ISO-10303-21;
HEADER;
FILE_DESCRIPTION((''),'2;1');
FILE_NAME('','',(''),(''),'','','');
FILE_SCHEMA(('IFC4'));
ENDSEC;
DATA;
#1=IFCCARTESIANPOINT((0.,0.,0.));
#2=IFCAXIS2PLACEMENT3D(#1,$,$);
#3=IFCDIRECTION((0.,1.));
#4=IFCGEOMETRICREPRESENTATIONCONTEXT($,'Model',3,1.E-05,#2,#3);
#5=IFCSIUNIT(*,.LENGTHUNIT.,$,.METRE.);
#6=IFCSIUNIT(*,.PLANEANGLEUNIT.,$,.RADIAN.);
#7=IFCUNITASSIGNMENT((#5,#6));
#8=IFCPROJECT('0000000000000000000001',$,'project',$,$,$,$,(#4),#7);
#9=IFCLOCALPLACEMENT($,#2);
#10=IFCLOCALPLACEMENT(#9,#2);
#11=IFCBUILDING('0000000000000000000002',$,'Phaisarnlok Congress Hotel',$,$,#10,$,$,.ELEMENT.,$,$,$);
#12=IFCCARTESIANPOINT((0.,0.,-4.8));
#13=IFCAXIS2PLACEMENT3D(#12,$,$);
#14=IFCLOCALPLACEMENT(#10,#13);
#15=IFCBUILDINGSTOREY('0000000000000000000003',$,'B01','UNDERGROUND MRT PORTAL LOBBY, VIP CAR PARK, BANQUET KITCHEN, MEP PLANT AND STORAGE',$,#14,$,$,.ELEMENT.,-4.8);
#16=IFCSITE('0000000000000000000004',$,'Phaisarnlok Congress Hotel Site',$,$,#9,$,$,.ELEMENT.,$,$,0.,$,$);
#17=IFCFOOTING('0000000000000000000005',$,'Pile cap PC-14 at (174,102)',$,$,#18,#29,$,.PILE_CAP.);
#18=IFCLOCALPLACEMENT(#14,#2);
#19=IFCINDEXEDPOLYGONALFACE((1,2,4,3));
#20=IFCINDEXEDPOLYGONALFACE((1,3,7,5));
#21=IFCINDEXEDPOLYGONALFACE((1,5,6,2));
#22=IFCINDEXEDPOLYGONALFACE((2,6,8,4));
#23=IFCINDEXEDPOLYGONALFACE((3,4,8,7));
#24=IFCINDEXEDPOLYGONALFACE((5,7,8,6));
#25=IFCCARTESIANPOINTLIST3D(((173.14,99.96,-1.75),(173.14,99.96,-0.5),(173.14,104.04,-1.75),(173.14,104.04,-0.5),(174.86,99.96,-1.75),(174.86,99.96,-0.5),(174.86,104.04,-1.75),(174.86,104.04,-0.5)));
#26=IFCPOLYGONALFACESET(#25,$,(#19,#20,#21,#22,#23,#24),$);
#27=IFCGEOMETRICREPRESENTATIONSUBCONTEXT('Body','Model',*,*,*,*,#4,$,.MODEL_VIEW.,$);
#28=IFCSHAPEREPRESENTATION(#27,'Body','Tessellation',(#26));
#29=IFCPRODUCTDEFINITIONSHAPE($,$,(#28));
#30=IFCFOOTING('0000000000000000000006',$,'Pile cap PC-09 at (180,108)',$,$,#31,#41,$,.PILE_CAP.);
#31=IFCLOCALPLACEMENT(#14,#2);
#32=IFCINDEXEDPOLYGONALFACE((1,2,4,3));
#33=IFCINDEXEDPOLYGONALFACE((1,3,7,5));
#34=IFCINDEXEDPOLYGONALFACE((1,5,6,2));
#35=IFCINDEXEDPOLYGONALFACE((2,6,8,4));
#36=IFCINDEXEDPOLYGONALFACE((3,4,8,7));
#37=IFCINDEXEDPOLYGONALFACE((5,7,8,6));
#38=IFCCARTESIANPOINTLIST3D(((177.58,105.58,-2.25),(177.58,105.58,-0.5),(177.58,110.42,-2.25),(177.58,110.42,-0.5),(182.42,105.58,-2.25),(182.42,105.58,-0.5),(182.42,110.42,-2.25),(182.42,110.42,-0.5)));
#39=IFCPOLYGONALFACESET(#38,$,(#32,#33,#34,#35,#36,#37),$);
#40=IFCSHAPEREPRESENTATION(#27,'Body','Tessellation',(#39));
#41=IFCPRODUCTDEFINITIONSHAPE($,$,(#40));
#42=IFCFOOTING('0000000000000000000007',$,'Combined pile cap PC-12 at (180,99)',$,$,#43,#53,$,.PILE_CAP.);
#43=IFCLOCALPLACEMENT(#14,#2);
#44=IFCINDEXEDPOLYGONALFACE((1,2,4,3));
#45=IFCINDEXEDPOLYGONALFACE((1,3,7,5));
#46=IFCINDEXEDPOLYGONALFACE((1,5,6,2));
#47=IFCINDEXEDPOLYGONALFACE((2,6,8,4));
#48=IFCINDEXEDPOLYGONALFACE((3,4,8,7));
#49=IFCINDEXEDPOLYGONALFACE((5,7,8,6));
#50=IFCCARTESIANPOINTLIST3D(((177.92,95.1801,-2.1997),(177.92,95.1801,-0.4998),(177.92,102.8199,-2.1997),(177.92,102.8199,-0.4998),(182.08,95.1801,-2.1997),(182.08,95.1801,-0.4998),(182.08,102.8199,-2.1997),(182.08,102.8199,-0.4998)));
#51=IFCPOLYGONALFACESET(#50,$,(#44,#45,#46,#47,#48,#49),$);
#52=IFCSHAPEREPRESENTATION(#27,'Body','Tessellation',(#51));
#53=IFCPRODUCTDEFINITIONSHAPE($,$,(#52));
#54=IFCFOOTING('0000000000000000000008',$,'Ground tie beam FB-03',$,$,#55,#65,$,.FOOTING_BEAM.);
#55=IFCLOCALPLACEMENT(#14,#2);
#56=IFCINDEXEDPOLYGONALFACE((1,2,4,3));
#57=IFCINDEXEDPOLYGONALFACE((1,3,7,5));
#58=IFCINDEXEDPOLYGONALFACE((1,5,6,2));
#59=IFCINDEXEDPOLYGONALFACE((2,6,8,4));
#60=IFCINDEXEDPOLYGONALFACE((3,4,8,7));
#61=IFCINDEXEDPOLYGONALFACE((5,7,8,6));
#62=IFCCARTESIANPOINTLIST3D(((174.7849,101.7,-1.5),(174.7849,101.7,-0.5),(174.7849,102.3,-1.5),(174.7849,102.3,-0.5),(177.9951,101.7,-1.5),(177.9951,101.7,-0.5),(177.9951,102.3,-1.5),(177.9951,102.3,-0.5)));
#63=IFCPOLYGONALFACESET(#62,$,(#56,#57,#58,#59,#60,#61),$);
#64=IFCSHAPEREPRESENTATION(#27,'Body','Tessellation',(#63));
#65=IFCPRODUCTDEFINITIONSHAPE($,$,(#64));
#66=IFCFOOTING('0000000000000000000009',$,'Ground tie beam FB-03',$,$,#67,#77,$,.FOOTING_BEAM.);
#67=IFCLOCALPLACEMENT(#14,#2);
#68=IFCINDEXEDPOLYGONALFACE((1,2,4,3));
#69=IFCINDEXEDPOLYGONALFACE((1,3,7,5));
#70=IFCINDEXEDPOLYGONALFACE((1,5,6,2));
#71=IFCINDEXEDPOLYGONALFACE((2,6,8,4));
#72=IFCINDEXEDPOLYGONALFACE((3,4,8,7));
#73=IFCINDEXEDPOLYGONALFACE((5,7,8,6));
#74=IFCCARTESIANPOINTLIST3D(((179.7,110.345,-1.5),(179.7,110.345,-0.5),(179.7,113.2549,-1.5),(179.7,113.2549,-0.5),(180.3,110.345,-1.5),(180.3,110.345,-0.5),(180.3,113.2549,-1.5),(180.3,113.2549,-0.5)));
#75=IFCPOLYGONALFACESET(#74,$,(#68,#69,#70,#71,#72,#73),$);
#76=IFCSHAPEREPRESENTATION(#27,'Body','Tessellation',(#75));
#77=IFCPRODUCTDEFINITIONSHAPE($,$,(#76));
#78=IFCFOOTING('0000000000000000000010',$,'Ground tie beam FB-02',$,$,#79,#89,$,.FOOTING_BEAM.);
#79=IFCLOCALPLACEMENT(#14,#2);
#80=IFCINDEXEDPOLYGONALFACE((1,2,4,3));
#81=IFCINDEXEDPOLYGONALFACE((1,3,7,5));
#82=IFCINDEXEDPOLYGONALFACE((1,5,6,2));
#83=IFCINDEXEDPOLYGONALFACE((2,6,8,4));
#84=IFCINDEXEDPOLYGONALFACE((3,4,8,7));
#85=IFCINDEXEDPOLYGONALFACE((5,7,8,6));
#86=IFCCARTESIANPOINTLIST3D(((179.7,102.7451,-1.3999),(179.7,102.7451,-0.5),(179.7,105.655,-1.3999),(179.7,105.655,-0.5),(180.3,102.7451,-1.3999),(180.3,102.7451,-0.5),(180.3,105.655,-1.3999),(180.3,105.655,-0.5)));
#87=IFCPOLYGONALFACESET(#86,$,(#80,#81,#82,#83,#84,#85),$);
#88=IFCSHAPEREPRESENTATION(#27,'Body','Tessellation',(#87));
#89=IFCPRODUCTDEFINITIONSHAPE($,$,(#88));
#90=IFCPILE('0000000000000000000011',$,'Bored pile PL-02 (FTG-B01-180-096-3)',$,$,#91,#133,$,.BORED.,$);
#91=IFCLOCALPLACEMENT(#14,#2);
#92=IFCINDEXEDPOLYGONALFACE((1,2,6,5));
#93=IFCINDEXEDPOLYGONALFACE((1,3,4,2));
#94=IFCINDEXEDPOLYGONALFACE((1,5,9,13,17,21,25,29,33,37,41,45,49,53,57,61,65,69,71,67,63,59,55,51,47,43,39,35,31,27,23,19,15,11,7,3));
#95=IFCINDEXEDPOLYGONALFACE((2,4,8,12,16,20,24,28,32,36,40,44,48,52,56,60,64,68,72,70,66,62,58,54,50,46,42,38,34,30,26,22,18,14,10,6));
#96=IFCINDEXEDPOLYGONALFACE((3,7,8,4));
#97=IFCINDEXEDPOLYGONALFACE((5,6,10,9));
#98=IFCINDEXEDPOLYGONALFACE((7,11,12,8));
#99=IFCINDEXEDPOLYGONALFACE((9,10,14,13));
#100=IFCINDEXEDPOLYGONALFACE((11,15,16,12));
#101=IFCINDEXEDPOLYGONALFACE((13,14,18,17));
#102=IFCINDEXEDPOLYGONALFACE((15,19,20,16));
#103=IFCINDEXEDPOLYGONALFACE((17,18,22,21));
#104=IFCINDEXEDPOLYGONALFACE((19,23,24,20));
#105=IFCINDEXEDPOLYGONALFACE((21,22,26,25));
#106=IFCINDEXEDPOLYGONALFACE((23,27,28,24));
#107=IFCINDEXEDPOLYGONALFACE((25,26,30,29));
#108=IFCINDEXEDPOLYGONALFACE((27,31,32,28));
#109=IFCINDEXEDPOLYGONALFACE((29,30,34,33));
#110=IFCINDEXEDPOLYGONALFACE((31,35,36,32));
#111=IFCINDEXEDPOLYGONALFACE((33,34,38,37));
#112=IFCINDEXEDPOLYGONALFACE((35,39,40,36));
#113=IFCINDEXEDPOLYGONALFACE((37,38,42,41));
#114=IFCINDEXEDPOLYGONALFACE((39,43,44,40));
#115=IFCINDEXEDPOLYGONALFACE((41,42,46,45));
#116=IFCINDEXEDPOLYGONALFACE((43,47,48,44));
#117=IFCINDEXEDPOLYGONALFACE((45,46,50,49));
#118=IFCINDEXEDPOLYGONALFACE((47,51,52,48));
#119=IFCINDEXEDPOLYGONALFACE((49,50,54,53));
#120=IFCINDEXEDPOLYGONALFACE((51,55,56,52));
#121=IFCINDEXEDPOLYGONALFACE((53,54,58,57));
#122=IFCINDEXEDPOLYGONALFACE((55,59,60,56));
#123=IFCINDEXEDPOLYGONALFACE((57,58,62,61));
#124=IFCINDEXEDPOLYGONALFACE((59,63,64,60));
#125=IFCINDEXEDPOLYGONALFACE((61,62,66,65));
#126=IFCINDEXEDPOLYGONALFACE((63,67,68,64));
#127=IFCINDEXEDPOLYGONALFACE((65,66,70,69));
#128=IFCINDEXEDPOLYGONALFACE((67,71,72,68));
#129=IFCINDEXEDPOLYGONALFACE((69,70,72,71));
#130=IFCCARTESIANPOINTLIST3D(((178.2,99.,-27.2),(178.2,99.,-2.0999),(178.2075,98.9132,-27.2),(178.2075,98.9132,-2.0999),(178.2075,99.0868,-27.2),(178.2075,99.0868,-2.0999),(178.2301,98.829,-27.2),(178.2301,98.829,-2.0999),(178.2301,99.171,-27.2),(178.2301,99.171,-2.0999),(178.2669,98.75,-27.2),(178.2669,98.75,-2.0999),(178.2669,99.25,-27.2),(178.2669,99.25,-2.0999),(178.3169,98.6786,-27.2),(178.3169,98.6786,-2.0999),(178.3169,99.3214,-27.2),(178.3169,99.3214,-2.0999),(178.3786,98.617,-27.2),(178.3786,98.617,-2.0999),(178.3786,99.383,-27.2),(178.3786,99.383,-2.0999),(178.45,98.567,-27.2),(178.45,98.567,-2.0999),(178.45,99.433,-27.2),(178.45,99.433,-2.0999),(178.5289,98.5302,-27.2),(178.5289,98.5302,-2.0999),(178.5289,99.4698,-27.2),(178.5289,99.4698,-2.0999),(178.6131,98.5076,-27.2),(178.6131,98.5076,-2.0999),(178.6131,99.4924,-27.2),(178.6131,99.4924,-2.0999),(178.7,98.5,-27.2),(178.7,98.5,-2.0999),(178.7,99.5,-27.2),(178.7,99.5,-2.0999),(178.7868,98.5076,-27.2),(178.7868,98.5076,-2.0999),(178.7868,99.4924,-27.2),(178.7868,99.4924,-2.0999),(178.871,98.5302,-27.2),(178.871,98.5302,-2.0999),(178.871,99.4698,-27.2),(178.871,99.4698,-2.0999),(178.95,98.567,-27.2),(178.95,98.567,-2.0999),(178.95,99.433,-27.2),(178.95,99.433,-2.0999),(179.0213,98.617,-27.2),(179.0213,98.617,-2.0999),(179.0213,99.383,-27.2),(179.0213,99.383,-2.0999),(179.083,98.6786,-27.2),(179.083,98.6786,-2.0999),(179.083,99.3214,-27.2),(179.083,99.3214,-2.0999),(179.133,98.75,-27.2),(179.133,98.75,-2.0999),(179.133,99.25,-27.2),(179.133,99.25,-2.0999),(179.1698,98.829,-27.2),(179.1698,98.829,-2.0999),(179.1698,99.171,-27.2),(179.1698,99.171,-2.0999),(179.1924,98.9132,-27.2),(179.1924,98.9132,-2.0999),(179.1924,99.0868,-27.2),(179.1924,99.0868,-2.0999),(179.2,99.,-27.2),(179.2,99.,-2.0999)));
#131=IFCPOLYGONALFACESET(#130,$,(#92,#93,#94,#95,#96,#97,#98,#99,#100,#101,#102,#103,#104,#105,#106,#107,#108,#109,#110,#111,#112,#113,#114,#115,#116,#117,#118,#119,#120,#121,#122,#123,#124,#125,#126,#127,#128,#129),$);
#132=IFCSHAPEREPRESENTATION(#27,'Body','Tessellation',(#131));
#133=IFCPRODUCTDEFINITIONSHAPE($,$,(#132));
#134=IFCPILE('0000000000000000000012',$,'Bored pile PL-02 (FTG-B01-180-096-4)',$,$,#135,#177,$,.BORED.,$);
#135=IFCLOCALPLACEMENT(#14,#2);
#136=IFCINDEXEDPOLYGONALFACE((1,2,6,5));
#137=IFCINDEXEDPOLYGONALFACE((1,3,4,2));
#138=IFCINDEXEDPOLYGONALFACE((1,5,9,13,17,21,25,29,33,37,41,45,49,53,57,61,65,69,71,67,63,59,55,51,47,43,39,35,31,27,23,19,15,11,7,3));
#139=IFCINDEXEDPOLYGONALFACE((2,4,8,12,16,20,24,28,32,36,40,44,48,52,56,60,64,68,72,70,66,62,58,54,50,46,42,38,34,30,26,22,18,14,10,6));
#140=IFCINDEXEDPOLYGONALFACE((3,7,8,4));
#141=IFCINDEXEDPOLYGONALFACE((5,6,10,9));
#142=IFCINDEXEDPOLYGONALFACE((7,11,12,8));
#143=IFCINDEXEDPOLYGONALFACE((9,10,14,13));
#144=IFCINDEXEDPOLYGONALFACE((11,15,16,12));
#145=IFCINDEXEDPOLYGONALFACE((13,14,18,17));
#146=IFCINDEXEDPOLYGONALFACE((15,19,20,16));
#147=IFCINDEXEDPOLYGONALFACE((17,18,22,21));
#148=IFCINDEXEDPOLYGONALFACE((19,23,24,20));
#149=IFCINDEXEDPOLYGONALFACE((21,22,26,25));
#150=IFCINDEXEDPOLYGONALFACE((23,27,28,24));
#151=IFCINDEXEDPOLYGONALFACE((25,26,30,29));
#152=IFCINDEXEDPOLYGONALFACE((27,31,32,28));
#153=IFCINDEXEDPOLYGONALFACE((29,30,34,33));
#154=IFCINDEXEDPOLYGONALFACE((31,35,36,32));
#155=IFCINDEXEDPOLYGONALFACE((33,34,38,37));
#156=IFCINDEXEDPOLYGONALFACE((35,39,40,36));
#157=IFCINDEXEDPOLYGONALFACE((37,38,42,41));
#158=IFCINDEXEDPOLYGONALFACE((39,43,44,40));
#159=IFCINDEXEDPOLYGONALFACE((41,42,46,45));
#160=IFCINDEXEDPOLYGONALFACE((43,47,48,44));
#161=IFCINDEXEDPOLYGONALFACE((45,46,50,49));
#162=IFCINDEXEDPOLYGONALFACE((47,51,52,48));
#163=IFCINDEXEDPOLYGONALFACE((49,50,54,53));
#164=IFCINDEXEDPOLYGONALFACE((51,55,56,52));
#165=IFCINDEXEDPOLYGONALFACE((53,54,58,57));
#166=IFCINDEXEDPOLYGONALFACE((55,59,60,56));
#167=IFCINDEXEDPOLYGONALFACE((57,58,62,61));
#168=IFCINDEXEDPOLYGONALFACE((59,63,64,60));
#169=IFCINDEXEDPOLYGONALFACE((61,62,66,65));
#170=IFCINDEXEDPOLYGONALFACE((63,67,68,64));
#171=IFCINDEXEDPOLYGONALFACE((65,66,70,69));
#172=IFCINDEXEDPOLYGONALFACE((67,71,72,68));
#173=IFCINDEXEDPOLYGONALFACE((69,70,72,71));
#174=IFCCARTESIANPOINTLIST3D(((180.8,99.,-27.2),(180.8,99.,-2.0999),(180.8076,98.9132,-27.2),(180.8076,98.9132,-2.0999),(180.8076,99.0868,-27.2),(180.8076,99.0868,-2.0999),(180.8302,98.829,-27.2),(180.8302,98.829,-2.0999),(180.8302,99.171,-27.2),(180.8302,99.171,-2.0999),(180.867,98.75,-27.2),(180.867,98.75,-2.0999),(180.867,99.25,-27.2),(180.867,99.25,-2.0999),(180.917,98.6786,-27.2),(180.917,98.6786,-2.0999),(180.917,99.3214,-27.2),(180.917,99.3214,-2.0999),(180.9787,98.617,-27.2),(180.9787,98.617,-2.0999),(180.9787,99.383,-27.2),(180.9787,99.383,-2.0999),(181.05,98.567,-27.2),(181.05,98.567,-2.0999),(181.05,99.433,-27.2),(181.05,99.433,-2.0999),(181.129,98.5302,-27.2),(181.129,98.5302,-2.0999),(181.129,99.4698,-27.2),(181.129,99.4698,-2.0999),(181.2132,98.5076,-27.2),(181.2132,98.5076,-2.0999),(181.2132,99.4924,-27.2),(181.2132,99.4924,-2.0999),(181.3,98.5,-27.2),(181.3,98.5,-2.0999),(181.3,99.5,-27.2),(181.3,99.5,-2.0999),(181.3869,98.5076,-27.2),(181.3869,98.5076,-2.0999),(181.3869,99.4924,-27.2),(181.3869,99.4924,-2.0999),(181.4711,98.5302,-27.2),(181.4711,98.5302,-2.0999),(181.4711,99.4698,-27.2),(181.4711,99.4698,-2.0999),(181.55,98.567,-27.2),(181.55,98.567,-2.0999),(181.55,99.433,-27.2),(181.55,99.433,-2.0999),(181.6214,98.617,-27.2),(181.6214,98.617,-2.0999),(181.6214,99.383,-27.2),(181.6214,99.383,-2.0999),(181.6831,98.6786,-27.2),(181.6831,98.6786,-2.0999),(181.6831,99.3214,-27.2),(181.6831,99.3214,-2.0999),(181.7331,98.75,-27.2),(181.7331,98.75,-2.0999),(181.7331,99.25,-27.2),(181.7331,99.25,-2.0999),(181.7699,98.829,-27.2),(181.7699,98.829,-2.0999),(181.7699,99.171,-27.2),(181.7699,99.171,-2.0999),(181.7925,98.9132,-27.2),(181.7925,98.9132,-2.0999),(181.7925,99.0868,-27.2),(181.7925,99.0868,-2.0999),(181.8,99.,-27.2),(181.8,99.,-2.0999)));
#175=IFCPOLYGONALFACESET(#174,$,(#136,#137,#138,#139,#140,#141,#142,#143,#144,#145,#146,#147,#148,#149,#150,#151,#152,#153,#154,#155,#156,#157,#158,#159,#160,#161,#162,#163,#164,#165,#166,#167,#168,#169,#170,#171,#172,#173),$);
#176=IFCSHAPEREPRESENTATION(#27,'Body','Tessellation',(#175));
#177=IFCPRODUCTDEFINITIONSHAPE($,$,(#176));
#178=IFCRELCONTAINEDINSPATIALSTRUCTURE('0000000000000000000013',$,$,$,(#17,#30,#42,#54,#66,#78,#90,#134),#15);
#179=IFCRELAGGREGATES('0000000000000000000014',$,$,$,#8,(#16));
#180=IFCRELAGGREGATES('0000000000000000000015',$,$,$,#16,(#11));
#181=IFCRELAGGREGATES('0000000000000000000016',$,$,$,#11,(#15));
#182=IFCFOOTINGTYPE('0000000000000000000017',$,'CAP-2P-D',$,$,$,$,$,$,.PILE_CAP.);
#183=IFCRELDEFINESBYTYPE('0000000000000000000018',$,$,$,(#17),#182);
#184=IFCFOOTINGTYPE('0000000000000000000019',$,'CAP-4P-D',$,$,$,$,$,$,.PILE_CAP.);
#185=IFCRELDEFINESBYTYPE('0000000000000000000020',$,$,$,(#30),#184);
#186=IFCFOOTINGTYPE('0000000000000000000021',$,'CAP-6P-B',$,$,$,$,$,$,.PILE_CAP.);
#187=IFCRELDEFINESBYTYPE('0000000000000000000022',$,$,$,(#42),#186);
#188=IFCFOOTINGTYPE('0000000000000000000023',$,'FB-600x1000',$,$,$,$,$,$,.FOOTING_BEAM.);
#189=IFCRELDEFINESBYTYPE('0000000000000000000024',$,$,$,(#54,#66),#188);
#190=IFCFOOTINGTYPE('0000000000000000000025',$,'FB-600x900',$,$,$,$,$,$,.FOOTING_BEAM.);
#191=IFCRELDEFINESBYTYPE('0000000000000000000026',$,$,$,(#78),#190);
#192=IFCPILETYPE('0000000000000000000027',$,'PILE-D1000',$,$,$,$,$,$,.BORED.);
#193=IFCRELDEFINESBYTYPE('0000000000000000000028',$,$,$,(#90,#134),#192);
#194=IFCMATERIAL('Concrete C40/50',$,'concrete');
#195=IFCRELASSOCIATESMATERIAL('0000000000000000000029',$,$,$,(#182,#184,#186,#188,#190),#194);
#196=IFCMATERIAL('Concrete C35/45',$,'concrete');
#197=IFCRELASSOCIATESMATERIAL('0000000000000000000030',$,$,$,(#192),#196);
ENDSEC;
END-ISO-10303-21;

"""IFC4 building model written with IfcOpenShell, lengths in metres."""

from ifc_helpers import new_model, si_unit, direction, frame, origin, origin_2d, place, context, subcontext, project, spatial, rectangle, circle, extrude, material, material_profile, profile_set, type_object, element, save


model = new_model("IFC4")

# Units and contexts
model_context = context("Model", 3, precision=1e-05, world=origin(), true_north=direction((0.0, 1.0)))
body_context = subcontext(model_context, "Body", "Model", "MODEL_VIEW")
ifc_project = project(units=[si_unit("LENGTHUNIT", "METRE"), si_unit("PLANEANGLEUNIT", "RADIAN")], contexts=[model_context])

# Site, building, storey
site_placement = place(None, origin())
site = spatial("IfcSite", under=ifc_project, at=site_placement, Name="Phaisarnlok Congress Hotel Site", CompositionType="ELEMENT", RefElevation=0.0)
building_placement = place(site_placement, origin())
building = spatial("IfcBuilding", under=site, at=building_placement, Name="Phaisarnlok Congress Hotel", CompositionType="ELEMENT")
storey_placement = place(building_placement, frame((0.0, 0.0, -4.8)))
storey = spatial("IfcBuildingStorey", under=building, at=storey_placement, Name="B01", Description="UNDERGROUND MRT PORTAL LOBBY, VIP CAR PARK, BANQUET KITCHEN, MEP PLANT AND STORAGE", CompositionType="ELEMENT", Elevation=-4.8)

# Footings
ifc_material_1 = material(Name="Concrete C40/50", Category="concrete")
footing_type_1 = type_object("IfcFootingType", Name="CAP-2P-D", PredefinedType="PILE_CAP", material=ifc_material_1)
footing_1_placement = place(storey_placement, frame((174.0, 102.0, -1.75), z_axis=(0.0, 0.0, 1.0), x_axis=(1.0, 0.0, 0.0)))
element("IfcFooting", 1, at=footing_1_placement, inside=storey, type_object=footing_type_1, Name="Pile cap PC-14 at (174,102)", PredefinedType="PILE_CAP", context=body_context, shape_type="SweptSolid", body=[
    extrude(rectangle(XDim=1.72, YDim=4.0801, at=origin_2d()), origin(), (0.0, 0.0, 1.0), 1.25),
])
footing_type_2 = type_object("IfcFootingType", Name="CAP-4P-D", PredefinedType="PILE_CAP", material=ifc_material_1)
footing_2_placement = place(storey_placement, frame((180.0, 108.0, -2.25), z_axis=(0.0, 0.0, 1.0), x_axis=(1.0, 0.0, 0.0)))
element("IfcFooting", 2, at=footing_2_placement, inside=storey, type_object=footing_type_2, Name="Pile cap PC-09 at (180,108)", PredefinedType="PILE_CAP", context=body_context, shape_type="SweptSolid", body=[
    extrude(rectangle(XDim=4.8401, YDim=4.8401, at=origin_2d()), origin(), (0.0, 0.0, 1.0), 1.75),
])
footing_type_3 = type_object("IfcFootingType", Name="CAP-6P-B", PredefinedType="PILE_CAP", material=ifc_material_1)
footing_3_placement = place(storey_placement, frame((180.0, 99.0, -2.1997), z_axis=(0.0, 0.0, 1.0), x_axis=(1.0, 0.0, 0.0)))
element("IfcFooting", 3, at=footing_3_placement, inside=storey, type_object=footing_type_3, Name="Combined pile cap PC-12 at (180,99)", PredefinedType="PILE_CAP", context=body_context, shape_type="SweptSolid", body=[
    extrude(rectangle(XDim=4.1599, YDim=7.6399, at=origin_2d()), origin(), (0.0, 0.0, 1.0), 1.7),
])
ifc_material_profile_1 = material_profile(ifc_material_1, rectangle(XDim=0.6001, YDim=1.0, at=origin_2d()), Name="FB-600x1000")
ifc_profile_set_1 = profile_set([ifc_material_profile_1], Name="Concrete C40/50")
footing_type_4 = type_object("IfcFootingType", Name="FB-600x1000", PredefinedType="FOOTING_BEAM", material=ifc_profile_set_1)
footing_4_placement = place(storey_placement, frame((174.7849, 102.0, -1.0), z_axis=(1.0, 0.0, 0.0), x_axis=(0.0, 1.0, 0.0)))
element("IfcFooting", 4, at=footing_4_placement, inside=storey, type_object=footing_type_4, Name="Ground tie beam FB-03", PredefinedType="FOOTING_BEAM", context=body_context, shape_type="SweptSolid", body=[
    extrude(rectangle(XDim=0.6001, YDim=1.0, at=origin_2d()), origin(), (0.0, 0.0, 1.0), 3.2102),
])
footing_5_placement = place(storey_placement, frame((180.0, 110.345, -1.0), z_axis=(0.0, 1.0, 0.0), x_axis=(-1.0, 0.0, 0.0)))
element("IfcFooting", 5, at=footing_5_placement, inside=storey, type_object=footing_type_4, Name="Ground tie beam FB-03", PredefinedType="FOOTING_BEAM", context=body_context, shape_type="SweptSolid", body=[
    extrude(rectangle(XDim=0.6001, YDim=1.0, at=origin_2d()), origin(), (0.0, 0.0, 1.0), 2.9099),
])
ifc_material_profile_2 = material_profile(ifc_material_1, rectangle(XDim=0.6001, YDim=0.8999, at=origin_2d()), Name="FB-600x900")
ifc_profile_set_2 = profile_set([ifc_material_profile_2], Name="Concrete C40/50")
footing_type_5 = type_object("IfcFootingType", Name="FB-600x900", PredefinedType="FOOTING_BEAM", material=ifc_profile_set_2)
footing_6_placement = place(storey_placement, frame((180.0, 102.7451, -0.95), z_axis=(0.0, 1.0, 0.0), x_axis=(-1.0, 0.0, 0.0)))
element("IfcFooting", 6, at=footing_6_placement, inside=storey, type_object=footing_type_5, Name="Ground tie beam FB-02", PredefinedType="FOOTING_BEAM", context=body_context, shape_type="SweptSolid", body=[
    extrude(rectangle(XDim=0.6001, YDim=0.8999, at=origin_2d()), origin(), (0.0, 0.0, 1.0), 2.9099),
])

# Piles
ifc_material_2 = material(Name="Concrete C35/45", Category="concrete")
ifc_material_profile_3 = material_profile(ifc_material_2, circle(Radius=0.5, at=origin_2d()), Name="BORED PILE D1000")
ifc_profile_set_3 = profile_set([ifc_material_profile_3], Name="Concrete C35/45")
pile_type_1 = type_object("IfcPileType", Name="PILE-D1000", PredefinedType="BORED", material=ifc_profile_set_3)
for number, where, z_axis, x_axis, name in (
    (7, (178.7, 99.0, -2.0999), (0.0, 0.0, -1.0), (1.0, 0.0, 0.0), "Bored pile PL-02 (FTG-B01-180-096-3)"),
    (8, (181.3, 99.0, -2.0999), (0.0, 0.0, -1.0), (1.0, 0.0, 0.0), "Bored pile PL-02 (FTG-B01-180-096-4)"),
):
    element("IfcPile", number, at=place(storey_placement, frame(where, z_axis=z_axis, x_axis=x_axis)), inside=storey, type_object=pile_type_1, Name=name, PredefinedType="BORED", context=body_context, shape_type="SweptSolid", body=[
        extrude(circle(Radius=0.5, at=origin_2d()), origin(), (0.0, 0.0, 1.0), 25.1001),
    ])

save(model, "model.ifc")
